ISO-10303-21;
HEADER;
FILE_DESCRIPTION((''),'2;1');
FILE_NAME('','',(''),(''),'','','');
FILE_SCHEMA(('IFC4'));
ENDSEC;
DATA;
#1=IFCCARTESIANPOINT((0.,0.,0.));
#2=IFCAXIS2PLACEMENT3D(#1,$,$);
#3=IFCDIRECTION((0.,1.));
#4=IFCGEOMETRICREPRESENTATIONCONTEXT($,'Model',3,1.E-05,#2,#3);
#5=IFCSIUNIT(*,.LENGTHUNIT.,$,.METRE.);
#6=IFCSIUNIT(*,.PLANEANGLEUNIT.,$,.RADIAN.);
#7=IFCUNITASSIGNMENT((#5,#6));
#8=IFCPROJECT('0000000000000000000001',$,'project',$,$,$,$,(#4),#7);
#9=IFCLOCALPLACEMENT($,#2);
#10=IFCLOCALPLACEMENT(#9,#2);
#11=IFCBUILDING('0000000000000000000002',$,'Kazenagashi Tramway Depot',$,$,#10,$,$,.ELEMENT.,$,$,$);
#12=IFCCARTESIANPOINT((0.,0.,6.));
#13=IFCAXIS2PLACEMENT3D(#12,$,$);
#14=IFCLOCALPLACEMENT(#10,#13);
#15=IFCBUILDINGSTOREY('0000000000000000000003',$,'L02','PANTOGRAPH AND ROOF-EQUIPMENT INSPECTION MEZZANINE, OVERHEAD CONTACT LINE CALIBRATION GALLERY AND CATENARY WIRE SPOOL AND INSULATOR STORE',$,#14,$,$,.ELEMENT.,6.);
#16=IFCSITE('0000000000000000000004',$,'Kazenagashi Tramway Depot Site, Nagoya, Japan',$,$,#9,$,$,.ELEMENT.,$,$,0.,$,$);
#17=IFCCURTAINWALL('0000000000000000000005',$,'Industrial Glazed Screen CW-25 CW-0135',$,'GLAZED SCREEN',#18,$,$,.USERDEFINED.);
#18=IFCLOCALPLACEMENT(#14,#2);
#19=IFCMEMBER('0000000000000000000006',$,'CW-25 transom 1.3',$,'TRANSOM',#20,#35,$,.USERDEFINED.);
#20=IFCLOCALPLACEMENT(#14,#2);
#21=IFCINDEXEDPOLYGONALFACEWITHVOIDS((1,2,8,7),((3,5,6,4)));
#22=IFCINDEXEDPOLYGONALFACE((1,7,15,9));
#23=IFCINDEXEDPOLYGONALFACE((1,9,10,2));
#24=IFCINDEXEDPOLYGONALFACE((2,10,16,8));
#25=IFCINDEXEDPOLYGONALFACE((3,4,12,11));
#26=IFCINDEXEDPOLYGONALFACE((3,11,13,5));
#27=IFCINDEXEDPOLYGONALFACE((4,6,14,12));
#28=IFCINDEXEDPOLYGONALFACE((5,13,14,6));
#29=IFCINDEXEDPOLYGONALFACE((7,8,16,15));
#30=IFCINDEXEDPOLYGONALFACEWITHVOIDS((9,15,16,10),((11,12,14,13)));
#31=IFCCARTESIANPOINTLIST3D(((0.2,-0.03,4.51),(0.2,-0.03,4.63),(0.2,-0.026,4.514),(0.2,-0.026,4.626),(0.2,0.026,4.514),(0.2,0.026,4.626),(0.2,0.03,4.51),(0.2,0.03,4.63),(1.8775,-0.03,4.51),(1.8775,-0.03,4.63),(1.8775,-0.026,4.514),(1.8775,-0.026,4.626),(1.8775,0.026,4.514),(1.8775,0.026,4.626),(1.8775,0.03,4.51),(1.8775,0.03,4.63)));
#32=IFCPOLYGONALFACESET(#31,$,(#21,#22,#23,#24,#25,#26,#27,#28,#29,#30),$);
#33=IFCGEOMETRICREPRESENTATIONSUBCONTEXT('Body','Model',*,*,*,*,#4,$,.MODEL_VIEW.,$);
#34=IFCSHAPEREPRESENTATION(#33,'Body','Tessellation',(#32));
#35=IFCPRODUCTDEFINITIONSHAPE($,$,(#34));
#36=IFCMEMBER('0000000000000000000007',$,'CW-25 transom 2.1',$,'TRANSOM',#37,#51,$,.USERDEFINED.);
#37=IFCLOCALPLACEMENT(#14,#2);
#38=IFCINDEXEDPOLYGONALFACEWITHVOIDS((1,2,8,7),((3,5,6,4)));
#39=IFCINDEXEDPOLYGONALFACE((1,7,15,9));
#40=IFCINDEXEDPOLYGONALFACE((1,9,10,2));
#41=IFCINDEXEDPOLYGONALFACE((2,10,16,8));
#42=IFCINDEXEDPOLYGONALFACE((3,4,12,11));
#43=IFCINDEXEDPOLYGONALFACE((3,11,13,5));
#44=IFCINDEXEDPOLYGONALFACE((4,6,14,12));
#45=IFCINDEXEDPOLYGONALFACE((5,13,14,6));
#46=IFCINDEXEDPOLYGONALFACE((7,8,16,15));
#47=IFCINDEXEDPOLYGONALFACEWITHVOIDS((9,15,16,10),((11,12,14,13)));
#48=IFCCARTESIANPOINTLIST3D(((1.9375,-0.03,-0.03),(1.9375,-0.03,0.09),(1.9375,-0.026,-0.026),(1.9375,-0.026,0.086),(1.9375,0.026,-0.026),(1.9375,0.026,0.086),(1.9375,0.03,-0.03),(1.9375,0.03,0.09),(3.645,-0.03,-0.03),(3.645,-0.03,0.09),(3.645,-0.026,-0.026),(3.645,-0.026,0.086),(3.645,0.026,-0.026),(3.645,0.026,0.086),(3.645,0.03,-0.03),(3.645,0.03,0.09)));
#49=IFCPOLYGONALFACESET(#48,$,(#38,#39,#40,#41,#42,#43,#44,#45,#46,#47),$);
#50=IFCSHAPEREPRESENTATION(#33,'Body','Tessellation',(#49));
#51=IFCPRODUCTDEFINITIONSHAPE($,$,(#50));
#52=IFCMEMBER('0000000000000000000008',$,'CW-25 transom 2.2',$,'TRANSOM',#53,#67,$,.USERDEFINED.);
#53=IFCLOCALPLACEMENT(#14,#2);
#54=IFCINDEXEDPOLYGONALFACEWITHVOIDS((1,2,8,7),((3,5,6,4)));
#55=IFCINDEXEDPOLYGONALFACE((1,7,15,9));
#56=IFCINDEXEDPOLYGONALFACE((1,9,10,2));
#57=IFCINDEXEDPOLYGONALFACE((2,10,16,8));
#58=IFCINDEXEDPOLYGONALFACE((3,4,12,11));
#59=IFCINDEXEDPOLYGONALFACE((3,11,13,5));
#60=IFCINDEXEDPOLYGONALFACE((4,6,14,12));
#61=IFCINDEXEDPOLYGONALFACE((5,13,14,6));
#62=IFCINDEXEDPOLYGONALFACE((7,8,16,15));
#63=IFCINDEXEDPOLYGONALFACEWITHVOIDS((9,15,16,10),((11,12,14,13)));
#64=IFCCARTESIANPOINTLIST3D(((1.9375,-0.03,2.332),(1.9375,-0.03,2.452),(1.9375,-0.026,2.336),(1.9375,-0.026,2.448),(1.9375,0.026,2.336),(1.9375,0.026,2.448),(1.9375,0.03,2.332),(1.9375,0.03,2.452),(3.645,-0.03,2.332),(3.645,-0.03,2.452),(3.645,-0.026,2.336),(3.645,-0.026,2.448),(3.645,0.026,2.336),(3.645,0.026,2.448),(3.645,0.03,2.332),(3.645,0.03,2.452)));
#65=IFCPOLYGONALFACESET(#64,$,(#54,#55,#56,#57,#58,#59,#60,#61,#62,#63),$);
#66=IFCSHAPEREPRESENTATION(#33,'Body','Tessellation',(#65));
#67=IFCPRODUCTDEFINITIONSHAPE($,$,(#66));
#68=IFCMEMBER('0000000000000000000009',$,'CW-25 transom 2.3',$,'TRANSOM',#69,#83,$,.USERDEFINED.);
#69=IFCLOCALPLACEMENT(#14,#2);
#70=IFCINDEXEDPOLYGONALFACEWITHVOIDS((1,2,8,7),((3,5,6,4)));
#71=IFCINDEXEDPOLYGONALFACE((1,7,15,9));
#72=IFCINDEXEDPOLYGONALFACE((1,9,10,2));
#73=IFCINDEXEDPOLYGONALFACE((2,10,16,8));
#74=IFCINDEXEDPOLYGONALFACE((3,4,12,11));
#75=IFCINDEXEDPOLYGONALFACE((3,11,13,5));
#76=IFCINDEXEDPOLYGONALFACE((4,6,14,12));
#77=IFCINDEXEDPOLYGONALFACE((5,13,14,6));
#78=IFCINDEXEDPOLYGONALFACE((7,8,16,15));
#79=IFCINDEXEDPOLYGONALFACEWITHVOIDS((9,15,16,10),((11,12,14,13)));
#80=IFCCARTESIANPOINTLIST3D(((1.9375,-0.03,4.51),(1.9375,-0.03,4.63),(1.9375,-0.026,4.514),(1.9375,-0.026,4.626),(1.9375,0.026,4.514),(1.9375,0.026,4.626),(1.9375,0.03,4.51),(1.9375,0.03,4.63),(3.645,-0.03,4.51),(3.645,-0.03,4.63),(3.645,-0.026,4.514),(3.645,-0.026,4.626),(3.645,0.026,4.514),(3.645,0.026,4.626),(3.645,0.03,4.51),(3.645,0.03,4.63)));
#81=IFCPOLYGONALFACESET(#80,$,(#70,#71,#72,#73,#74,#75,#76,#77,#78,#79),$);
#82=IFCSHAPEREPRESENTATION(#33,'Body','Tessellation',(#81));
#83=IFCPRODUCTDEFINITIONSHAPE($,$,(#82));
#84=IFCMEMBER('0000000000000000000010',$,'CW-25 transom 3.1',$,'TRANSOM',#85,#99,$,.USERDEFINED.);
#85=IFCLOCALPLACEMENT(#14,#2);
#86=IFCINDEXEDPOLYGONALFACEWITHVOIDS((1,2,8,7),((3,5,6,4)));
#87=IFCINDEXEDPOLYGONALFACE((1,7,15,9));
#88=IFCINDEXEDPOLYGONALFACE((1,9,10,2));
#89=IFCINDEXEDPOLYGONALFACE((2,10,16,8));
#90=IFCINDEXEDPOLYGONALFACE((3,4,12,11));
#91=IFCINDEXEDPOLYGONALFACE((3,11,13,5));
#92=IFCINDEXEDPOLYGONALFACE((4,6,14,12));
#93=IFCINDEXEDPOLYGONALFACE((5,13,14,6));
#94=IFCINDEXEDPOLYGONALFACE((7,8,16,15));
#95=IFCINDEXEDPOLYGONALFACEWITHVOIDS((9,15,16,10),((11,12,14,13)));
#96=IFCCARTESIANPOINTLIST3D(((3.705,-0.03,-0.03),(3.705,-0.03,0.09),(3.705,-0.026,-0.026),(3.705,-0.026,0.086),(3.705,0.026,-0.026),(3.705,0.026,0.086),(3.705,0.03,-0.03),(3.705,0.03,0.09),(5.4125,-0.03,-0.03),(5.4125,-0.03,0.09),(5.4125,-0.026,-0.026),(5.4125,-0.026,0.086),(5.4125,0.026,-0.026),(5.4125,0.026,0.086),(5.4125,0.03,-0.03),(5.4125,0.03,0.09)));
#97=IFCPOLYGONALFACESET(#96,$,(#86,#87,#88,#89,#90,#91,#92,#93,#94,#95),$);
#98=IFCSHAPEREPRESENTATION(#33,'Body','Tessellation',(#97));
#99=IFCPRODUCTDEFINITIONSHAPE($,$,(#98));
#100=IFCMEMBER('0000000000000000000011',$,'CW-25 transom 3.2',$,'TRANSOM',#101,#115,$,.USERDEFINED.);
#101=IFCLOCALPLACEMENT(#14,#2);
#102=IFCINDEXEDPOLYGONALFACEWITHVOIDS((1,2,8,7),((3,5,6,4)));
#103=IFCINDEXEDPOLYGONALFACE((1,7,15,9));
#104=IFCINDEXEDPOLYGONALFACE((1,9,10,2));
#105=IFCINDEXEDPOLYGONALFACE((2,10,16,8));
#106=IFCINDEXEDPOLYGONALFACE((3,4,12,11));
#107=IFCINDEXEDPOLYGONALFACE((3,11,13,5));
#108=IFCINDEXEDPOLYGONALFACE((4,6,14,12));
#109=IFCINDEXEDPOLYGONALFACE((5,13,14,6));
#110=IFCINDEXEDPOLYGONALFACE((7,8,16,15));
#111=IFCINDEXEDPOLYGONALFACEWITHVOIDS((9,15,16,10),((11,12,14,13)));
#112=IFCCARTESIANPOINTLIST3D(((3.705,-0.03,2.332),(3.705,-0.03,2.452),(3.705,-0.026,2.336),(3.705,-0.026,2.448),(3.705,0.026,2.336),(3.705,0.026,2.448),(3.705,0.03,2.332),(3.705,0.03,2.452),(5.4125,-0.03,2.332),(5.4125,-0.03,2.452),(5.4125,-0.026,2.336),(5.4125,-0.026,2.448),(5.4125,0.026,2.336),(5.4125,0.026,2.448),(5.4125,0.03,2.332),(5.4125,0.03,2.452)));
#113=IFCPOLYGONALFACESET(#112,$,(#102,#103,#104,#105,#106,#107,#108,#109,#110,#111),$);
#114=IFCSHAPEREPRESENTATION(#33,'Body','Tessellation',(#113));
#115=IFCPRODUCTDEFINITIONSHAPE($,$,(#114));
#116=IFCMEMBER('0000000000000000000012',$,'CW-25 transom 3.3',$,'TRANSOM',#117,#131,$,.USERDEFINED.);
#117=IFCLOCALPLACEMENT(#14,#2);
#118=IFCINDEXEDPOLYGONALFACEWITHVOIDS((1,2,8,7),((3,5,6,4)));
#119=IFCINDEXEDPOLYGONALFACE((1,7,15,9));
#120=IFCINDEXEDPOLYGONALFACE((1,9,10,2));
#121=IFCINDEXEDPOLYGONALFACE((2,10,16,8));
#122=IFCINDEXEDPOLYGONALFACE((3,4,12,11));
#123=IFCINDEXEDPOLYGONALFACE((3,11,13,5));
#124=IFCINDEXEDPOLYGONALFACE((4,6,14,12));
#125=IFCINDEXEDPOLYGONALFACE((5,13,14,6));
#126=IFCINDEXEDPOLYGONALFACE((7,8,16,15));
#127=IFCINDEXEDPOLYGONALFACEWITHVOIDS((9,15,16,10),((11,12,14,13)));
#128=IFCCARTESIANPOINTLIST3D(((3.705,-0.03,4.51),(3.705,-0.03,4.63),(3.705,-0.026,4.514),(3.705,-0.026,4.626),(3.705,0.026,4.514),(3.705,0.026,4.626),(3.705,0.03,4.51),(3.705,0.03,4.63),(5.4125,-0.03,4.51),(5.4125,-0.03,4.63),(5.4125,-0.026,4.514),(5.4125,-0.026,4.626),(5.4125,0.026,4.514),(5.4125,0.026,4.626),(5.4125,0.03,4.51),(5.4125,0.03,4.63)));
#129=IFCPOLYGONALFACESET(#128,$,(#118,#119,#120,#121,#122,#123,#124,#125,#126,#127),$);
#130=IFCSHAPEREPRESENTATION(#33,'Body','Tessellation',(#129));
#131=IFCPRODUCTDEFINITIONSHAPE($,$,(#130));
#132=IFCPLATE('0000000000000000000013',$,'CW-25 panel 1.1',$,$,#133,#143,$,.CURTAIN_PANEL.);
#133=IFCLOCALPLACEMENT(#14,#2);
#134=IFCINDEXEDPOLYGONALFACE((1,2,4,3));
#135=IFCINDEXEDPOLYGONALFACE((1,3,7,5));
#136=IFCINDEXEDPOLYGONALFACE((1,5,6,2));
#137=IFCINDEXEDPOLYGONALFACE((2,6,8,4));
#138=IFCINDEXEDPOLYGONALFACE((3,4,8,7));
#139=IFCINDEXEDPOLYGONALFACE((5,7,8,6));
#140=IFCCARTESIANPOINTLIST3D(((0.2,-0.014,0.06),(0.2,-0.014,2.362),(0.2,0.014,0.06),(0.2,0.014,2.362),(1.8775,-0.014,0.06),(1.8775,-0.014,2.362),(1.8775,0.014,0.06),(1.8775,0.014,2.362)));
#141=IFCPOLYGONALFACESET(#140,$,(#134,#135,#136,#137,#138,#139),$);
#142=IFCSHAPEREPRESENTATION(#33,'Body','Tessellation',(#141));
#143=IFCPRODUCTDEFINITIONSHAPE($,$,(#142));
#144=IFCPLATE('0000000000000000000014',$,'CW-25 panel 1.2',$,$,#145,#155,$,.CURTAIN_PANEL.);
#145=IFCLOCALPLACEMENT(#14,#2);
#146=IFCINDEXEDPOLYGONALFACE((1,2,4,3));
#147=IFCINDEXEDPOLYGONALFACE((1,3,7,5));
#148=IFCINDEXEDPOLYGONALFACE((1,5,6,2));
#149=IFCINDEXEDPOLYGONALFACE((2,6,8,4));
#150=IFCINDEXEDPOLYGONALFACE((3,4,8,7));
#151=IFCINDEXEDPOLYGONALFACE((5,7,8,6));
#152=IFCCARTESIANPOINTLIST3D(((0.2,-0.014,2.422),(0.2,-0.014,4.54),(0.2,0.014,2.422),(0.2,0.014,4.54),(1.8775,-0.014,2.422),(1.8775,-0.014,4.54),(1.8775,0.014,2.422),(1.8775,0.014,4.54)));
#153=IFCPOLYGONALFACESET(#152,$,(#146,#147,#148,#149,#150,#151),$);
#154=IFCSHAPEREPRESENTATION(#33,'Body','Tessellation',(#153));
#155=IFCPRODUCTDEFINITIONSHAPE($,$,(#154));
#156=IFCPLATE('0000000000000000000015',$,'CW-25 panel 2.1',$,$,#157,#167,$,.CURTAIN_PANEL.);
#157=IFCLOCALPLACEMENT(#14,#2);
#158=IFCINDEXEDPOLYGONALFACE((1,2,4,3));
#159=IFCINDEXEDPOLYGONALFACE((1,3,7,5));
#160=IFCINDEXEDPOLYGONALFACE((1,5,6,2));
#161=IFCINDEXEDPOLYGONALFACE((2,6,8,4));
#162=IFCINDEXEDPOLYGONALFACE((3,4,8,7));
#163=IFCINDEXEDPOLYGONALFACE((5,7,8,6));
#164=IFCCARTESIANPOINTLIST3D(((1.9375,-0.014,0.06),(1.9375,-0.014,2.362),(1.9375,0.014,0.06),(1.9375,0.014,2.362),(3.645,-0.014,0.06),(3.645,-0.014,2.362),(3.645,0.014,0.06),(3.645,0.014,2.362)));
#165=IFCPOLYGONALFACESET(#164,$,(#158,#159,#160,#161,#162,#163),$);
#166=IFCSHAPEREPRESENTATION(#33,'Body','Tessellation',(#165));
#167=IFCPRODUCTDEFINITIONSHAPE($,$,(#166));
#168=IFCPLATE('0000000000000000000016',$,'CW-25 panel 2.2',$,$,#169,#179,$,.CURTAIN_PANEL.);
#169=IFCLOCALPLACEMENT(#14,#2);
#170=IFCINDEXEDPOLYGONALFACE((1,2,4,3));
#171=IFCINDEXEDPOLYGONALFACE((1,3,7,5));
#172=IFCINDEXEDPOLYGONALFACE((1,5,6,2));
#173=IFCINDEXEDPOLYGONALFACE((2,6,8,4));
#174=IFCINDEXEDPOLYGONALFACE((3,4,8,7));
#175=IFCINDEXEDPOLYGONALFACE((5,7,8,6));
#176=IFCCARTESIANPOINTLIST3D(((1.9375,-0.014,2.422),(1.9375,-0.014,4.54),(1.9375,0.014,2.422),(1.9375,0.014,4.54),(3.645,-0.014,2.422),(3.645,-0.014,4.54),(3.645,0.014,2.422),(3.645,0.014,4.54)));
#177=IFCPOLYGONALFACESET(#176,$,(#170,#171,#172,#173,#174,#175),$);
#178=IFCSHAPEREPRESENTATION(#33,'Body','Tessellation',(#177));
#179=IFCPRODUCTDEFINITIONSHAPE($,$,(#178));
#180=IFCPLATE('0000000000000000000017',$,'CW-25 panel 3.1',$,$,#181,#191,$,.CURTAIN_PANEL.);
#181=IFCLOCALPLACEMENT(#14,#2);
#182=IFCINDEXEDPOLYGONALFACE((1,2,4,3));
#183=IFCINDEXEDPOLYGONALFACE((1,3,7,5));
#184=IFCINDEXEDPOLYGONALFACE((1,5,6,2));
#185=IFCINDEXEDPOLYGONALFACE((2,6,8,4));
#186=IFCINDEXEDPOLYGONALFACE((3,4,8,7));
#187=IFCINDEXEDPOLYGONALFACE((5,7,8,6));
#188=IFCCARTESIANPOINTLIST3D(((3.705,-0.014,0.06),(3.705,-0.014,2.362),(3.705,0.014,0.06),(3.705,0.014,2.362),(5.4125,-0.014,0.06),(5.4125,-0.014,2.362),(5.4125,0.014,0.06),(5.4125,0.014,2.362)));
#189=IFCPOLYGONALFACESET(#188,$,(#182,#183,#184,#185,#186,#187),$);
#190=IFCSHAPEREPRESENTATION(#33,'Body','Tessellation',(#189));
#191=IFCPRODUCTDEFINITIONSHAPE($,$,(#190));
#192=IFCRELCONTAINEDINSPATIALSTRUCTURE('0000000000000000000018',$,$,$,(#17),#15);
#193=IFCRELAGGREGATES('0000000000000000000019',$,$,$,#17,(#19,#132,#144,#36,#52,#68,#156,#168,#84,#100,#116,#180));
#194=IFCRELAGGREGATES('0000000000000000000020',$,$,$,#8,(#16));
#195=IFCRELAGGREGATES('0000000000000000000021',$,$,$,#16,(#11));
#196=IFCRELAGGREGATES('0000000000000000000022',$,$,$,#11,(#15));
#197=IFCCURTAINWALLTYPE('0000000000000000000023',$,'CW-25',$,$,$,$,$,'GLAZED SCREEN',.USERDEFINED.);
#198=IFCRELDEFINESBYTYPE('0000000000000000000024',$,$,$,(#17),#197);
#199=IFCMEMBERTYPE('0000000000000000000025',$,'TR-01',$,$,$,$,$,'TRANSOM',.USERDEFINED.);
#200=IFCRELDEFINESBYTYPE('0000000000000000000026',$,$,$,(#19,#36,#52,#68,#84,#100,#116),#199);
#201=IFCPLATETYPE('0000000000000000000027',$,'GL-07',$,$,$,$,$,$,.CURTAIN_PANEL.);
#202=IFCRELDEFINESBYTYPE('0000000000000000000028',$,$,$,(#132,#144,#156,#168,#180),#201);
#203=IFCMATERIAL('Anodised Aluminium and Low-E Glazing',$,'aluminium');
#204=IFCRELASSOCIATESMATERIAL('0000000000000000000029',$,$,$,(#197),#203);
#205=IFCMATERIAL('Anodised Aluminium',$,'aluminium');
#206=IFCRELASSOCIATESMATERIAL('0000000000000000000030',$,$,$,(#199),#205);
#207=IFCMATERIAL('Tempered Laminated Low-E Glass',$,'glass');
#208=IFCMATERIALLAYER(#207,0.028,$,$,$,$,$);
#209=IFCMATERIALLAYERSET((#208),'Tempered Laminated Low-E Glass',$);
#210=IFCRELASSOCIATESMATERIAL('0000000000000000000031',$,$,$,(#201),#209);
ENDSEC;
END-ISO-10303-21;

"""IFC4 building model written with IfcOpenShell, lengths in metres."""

from ifc_helpers import new_model, si_unit, direction, frame, origin, origin_2d, place, context, subcontext, project, spatial, rectangle, hollow_rectangle, extrude, material, layer, layer_set, material_profile, profile_set, type_object, element, aggregate, save


model = new_model("IFC4")

# Units and contexts
model_context = context("Model", 3, precision=1e-05, world=origin(), true_north=direction((0.0, 1.0)))
body_context = subcontext(model_context, "Body", "Model", "MODEL_VIEW")
ifc_project = project(units=[si_unit("LENGTHUNIT", "METRE"), si_unit("PLANEANGLEUNIT", "RADIAN")], contexts=[model_context])

# Site, building, storey
site_placement = place(None, origin())
site = spatial("IfcSite", under=ifc_project, at=site_placement, Name="Kazenagashi Tramway Depot Site, Nagoya, Japan", CompositionType="ELEMENT", RefElevation=0.0)
building_placement = place(site_placement, origin())
building = spatial("IfcBuilding", under=site, at=building_placement, Name="Kazenagashi Tramway Depot", CompositionType="ELEMENT")
storey_placement = place(building_placement, frame((0.0, 0.0, 6.0)))
storey = spatial("IfcBuildingStorey", under=building, at=storey_placement, Name="L02", Description="PANTOGRAPH AND ROOF-EQUIPMENT INSPECTION MEZZANINE, OVERHEAD CONTACT LINE CALIBRATION GALLERY AND CATENARY WIRE SPOOL AND INSULATOR STORE", CompositionType="ELEMENT", Elevation=6.0)

# Curtain wall
ifc_material_1 = material(Name="Anodised Aluminium and Low-E Glazing", Category="aluminium")
curtain_wall_type = type_object("IfcCurtainWallType", Name="CW-25", ElementType="GLAZED SCREEN", PredefinedType="USERDEFINED", material=ifc_material_1)
curtain_wall_placement = place(storey_placement, origin())
curtain_wall = element("IfcCurtainWall", 1, at=curtain_wall_placement, inside=storey, type_object=curtain_wall_type, Name="Industrial Glazed Screen CW-25 CW-0135", ObjectType="GLAZED SCREEN", PredefinedType="USERDEFINED")
ifc_material_2 = material(Name="Anodised Aluminium", Category="aluminium")

# Members
ifc_material_profile_1 = material_profile(ifc_material_2, hollow_rectangle(XDim=0.06, YDim=0.12, WallThickness=0.004, at=origin_2d()), Name="RHS-120x60x4")
ifc_profile_set_1 = profile_set([ifc_material_profile_1], Name="Anodised Aluminium")
member_type_1 = type_object("IfcMemberType", Name="TR-01", ElementType="TRANSOM", PredefinedType="USERDEFINED", material=ifc_profile_set_1)
member_1_placement = place(storey_placement, frame((0.2, 0.0, 4.57), z_axis=(1.0, 0.0, 0.0), x_axis=(0.0, 1.0, 0.0)))
member_1 = element("IfcMember", 2, at=member_1_placement, type_object=member_type_1, Name="CW-25 transom 1.3", ObjectType="TRANSOM", PredefinedType="USERDEFINED", context=body_context, shape_type="SweptSolid", body=[
    extrude(hollow_rectangle(XDim=0.06, YDim=0.12, WallThickness=0.004, at=origin_2d()), origin(), (0.0, 0.0, 1.0), 1.6775),
])
member_2_placement = place(storey_placement, frame((1.9375, 0.0, 0.03), z_axis=(1.0, 0.0, 0.0), x_axis=(0.0, 1.0, 0.0)))
member_2 = element("IfcMember", 3, at=member_2_placement, type_object=member_type_1, Name="CW-25 transom 2.1", ObjectType="TRANSOM", PredefinedType="USERDEFINED", context=body_context, shape_type="SweptSolid", body=[
    extrude(hollow_rectangle(XDim=0.06, YDim=0.12, WallThickness=0.004, at=origin_2d()), origin(), (0.0, 0.0, 1.0), 1.7075),
])
member_3_placement = place(storey_placement, frame((1.9375, 0.0, 2.392), z_axis=(1.0, 0.0, 0.0), x_axis=(0.0, 1.0, 0.0)))
member_3 = element("IfcMember", 4, at=member_3_placement, type_object=member_type_1, Name="CW-25 transom 2.2", ObjectType="TRANSOM", PredefinedType="USERDEFINED", context=body_context, shape_type="SweptSolid", body=[
    extrude(hollow_rectangle(XDim=0.06, YDim=0.12, WallThickness=0.004, at=origin_2d()), origin(), (0.0, 0.0, 1.0), 1.7075),
])
member_4_placement = place(storey_placement, frame((1.9375, 0.0, 4.57), z_axis=(1.0, 0.0, 0.0), x_axis=(0.0, 1.0, 0.0)))
member_4 = element("IfcMember", 5, at=member_4_placement, type_object=member_type_1, Name="CW-25 transom 2.3", ObjectType="TRANSOM", PredefinedType="USERDEFINED", context=body_context, shape_type="SweptSolid", body=[
    extrude(hollow_rectangle(XDim=0.06, YDim=0.12, WallThickness=0.004, at=origin_2d()), origin(), (0.0, 0.0, 1.0), 1.7075),
])
member_5_placement = place(storey_placement, frame((3.705, 0.0, 0.03), z_axis=(1.0, 0.0, 0.0), x_axis=(0.0, 1.0, 0.0)))
member_5 = element("IfcMember", 6, at=member_5_placement, type_object=member_type_1, Name="CW-25 transom 3.1", ObjectType="TRANSOM", PredefinedType="USERDEFINED", context=body_context, shape_type="SweptSolid", body=[
    extrude(hollow_rectangle(XDim=0.06, YDim=0.12, WallThickness=0.004, at=origin_2d()), origin(), (0.0, 0.0, 1.0), 1.7075),
])
member_6_placement = place(storey_placement, frame((3.705, 0.0, 2.392), z_axis=(1.0, 0.0, 0.0), x_axis=(0.0, 1.0, 0.0)))
member_6 = element("IfcMember", 7, at=member_6_placement, type_object=member_type_1, Name="CW-25 transom 3.2", ObjectType="TRANSOM", PredefinedType="USERDEFINED", context=body_context, shape_type="SweptSolid", body=[
    extrude(hollow_rectangle(XDim=0.06, YDim=0.12, WallThickness=0.004, at=origin_2d()), origin(), (0.0, 0.0, 1.0), 1.7075),
])
member_7_placement = place(storey_placement, frame((3.705, 0.0, 4.57), z_axis=(1.0, 0.0, 0.0), x_axis=(0.0, 1.0, 0.0)))
member_7 = element("IfcMember", 8, at=member_7_placement, type_object=member_type_1, Name="CW-25 transom 3.3", ObjectType="TRANSOM", PredefinedType="USERDEFINED", context=body_context, shape_type="SweptSolid", body=[
    extrude(hollow_rectangle(XDim=0.06, YDim=0.12, WallThickness=0.004, at=origin_2d()), origin(), (0.0, 0.0, 1.0), 1.7075),
])

# Plates
ifc_material_3 = material(Name="Tempered Laminated Low-E Glass", Category="glass")
ifc_layer_1 = layer(ifc_material_3, 0.028)
ifc_layer_set_1 = layer_set([ifc_layer_1], Name="Tempered Laminated Low-E Glass")
plate_type = type_object("IfcPlateType", Name="GL-07", PredefinedType="CURTAIN_PANEL", material=ifc_layer_set_1)
plate_1_placement = place(storey_placement, frame((1.0388, 0.0, 0.06), z_axis=(0.0, 0.0, 1.0), x_axis=(1.0, 0.0, 0.0)))
plate_1 = element("IfcPlate", 9, at=plate_1_placement, type_object=plate_type, Name="CW-25 panel 1.1", PredefinedType="CURTAIN_PANEL", context=body_context, shape_type="SweptSolid", body=[
    extrude(rectangle(XDim=1.6775, YDim=0.028, at=origin_2d()), origin(), (0.0, 0.0, 1.0), 2.302),
])
plate_2_placement = place(storey_placement, frame((1.0388, 0.0, 2.422), z_axis=(0.0, 0.0, 1.0), x_axis=(1.0, 0.0, 0.0)))
plate_2 = element("IfcPlate", 10, at=plate_2_placement, type_object=plate_type, Name="CW-25 panel 1.2", PredefinedType="CURTAIN_PANEL", context=body_context, shape_type="SweptSolid", body=[
    extrude(rectangle(XDim=1.6775, YDim=0.028, at=origin_2d()), origin(), (0.0, 0.0, 1.0), 2.118),
])
plate_3_placement = place(storey_placement, frame((2.7912, 0.0, 0.06), z_axis=(0.0, 0.0, 1.0), x_axis=(1.0, 0.0, 0.0)))
plate_3 = element("IfcPlate", 11, at=plate_3_placement, type_object=plate_type, Name="CW-25 panel 2.1", PredefinedType="CURTAIN_PANEL", context=body_context, shape_type="SweptSolid", body=[
    extrude(rectangle(XDim=1.7075, YDim=0.028, at=origin_2d()), origin(), (0.0, 0.0, 1.0), 2.302),
])
plate_4_placement = place(storey_placement, frame((2.7912, 0.0, 2.422), z_axis=(0.0, 0.0, 1.0), x_axis=(1.0, 0.0, 0.0)))
plate_4 = element("IfcPlate", 12, at=plate_4_placement, type_object=plate_type, Name="CW-25 panel 2.2", PredefinedType="CURTAIN_PANEL", context=body_context, shape_type="SweptSolid", body=[
    extrude(rectangle(XDim=1.7075, YDim=0.028, at=origin_2d()), origin(), (0.0, 0.0, 1.0), 2.118),
])
plate_5_placement = place(storey_placement, frame((4.5587, 0.0, 0.06), z_axis=(0.0, 0.0, 1.0), x_axis=(1.0, 0.0, 0.0)))
plate_5 = element("IfcPlate", 13, at=plate_5_placement, type_object=plate_type, Name="CW-25 panel 3.1", PredefinedType="CURTAIN_PANEL", context=body_context, shape_type="SweptSolid", body=[
    extrude(rectangle(XDim=1.7075, YDim=0.028, at=origin_2d()), origin(), (0.0, 0.0, 1.0), 2.302),
])
aggregate(curtain_wall, [member_1, plate_1, plate_2, member_2, member_3, member_4, plate_3, plate_4, member_5, member_6, member_7, plate_5])

save(model, "model.ifc")
